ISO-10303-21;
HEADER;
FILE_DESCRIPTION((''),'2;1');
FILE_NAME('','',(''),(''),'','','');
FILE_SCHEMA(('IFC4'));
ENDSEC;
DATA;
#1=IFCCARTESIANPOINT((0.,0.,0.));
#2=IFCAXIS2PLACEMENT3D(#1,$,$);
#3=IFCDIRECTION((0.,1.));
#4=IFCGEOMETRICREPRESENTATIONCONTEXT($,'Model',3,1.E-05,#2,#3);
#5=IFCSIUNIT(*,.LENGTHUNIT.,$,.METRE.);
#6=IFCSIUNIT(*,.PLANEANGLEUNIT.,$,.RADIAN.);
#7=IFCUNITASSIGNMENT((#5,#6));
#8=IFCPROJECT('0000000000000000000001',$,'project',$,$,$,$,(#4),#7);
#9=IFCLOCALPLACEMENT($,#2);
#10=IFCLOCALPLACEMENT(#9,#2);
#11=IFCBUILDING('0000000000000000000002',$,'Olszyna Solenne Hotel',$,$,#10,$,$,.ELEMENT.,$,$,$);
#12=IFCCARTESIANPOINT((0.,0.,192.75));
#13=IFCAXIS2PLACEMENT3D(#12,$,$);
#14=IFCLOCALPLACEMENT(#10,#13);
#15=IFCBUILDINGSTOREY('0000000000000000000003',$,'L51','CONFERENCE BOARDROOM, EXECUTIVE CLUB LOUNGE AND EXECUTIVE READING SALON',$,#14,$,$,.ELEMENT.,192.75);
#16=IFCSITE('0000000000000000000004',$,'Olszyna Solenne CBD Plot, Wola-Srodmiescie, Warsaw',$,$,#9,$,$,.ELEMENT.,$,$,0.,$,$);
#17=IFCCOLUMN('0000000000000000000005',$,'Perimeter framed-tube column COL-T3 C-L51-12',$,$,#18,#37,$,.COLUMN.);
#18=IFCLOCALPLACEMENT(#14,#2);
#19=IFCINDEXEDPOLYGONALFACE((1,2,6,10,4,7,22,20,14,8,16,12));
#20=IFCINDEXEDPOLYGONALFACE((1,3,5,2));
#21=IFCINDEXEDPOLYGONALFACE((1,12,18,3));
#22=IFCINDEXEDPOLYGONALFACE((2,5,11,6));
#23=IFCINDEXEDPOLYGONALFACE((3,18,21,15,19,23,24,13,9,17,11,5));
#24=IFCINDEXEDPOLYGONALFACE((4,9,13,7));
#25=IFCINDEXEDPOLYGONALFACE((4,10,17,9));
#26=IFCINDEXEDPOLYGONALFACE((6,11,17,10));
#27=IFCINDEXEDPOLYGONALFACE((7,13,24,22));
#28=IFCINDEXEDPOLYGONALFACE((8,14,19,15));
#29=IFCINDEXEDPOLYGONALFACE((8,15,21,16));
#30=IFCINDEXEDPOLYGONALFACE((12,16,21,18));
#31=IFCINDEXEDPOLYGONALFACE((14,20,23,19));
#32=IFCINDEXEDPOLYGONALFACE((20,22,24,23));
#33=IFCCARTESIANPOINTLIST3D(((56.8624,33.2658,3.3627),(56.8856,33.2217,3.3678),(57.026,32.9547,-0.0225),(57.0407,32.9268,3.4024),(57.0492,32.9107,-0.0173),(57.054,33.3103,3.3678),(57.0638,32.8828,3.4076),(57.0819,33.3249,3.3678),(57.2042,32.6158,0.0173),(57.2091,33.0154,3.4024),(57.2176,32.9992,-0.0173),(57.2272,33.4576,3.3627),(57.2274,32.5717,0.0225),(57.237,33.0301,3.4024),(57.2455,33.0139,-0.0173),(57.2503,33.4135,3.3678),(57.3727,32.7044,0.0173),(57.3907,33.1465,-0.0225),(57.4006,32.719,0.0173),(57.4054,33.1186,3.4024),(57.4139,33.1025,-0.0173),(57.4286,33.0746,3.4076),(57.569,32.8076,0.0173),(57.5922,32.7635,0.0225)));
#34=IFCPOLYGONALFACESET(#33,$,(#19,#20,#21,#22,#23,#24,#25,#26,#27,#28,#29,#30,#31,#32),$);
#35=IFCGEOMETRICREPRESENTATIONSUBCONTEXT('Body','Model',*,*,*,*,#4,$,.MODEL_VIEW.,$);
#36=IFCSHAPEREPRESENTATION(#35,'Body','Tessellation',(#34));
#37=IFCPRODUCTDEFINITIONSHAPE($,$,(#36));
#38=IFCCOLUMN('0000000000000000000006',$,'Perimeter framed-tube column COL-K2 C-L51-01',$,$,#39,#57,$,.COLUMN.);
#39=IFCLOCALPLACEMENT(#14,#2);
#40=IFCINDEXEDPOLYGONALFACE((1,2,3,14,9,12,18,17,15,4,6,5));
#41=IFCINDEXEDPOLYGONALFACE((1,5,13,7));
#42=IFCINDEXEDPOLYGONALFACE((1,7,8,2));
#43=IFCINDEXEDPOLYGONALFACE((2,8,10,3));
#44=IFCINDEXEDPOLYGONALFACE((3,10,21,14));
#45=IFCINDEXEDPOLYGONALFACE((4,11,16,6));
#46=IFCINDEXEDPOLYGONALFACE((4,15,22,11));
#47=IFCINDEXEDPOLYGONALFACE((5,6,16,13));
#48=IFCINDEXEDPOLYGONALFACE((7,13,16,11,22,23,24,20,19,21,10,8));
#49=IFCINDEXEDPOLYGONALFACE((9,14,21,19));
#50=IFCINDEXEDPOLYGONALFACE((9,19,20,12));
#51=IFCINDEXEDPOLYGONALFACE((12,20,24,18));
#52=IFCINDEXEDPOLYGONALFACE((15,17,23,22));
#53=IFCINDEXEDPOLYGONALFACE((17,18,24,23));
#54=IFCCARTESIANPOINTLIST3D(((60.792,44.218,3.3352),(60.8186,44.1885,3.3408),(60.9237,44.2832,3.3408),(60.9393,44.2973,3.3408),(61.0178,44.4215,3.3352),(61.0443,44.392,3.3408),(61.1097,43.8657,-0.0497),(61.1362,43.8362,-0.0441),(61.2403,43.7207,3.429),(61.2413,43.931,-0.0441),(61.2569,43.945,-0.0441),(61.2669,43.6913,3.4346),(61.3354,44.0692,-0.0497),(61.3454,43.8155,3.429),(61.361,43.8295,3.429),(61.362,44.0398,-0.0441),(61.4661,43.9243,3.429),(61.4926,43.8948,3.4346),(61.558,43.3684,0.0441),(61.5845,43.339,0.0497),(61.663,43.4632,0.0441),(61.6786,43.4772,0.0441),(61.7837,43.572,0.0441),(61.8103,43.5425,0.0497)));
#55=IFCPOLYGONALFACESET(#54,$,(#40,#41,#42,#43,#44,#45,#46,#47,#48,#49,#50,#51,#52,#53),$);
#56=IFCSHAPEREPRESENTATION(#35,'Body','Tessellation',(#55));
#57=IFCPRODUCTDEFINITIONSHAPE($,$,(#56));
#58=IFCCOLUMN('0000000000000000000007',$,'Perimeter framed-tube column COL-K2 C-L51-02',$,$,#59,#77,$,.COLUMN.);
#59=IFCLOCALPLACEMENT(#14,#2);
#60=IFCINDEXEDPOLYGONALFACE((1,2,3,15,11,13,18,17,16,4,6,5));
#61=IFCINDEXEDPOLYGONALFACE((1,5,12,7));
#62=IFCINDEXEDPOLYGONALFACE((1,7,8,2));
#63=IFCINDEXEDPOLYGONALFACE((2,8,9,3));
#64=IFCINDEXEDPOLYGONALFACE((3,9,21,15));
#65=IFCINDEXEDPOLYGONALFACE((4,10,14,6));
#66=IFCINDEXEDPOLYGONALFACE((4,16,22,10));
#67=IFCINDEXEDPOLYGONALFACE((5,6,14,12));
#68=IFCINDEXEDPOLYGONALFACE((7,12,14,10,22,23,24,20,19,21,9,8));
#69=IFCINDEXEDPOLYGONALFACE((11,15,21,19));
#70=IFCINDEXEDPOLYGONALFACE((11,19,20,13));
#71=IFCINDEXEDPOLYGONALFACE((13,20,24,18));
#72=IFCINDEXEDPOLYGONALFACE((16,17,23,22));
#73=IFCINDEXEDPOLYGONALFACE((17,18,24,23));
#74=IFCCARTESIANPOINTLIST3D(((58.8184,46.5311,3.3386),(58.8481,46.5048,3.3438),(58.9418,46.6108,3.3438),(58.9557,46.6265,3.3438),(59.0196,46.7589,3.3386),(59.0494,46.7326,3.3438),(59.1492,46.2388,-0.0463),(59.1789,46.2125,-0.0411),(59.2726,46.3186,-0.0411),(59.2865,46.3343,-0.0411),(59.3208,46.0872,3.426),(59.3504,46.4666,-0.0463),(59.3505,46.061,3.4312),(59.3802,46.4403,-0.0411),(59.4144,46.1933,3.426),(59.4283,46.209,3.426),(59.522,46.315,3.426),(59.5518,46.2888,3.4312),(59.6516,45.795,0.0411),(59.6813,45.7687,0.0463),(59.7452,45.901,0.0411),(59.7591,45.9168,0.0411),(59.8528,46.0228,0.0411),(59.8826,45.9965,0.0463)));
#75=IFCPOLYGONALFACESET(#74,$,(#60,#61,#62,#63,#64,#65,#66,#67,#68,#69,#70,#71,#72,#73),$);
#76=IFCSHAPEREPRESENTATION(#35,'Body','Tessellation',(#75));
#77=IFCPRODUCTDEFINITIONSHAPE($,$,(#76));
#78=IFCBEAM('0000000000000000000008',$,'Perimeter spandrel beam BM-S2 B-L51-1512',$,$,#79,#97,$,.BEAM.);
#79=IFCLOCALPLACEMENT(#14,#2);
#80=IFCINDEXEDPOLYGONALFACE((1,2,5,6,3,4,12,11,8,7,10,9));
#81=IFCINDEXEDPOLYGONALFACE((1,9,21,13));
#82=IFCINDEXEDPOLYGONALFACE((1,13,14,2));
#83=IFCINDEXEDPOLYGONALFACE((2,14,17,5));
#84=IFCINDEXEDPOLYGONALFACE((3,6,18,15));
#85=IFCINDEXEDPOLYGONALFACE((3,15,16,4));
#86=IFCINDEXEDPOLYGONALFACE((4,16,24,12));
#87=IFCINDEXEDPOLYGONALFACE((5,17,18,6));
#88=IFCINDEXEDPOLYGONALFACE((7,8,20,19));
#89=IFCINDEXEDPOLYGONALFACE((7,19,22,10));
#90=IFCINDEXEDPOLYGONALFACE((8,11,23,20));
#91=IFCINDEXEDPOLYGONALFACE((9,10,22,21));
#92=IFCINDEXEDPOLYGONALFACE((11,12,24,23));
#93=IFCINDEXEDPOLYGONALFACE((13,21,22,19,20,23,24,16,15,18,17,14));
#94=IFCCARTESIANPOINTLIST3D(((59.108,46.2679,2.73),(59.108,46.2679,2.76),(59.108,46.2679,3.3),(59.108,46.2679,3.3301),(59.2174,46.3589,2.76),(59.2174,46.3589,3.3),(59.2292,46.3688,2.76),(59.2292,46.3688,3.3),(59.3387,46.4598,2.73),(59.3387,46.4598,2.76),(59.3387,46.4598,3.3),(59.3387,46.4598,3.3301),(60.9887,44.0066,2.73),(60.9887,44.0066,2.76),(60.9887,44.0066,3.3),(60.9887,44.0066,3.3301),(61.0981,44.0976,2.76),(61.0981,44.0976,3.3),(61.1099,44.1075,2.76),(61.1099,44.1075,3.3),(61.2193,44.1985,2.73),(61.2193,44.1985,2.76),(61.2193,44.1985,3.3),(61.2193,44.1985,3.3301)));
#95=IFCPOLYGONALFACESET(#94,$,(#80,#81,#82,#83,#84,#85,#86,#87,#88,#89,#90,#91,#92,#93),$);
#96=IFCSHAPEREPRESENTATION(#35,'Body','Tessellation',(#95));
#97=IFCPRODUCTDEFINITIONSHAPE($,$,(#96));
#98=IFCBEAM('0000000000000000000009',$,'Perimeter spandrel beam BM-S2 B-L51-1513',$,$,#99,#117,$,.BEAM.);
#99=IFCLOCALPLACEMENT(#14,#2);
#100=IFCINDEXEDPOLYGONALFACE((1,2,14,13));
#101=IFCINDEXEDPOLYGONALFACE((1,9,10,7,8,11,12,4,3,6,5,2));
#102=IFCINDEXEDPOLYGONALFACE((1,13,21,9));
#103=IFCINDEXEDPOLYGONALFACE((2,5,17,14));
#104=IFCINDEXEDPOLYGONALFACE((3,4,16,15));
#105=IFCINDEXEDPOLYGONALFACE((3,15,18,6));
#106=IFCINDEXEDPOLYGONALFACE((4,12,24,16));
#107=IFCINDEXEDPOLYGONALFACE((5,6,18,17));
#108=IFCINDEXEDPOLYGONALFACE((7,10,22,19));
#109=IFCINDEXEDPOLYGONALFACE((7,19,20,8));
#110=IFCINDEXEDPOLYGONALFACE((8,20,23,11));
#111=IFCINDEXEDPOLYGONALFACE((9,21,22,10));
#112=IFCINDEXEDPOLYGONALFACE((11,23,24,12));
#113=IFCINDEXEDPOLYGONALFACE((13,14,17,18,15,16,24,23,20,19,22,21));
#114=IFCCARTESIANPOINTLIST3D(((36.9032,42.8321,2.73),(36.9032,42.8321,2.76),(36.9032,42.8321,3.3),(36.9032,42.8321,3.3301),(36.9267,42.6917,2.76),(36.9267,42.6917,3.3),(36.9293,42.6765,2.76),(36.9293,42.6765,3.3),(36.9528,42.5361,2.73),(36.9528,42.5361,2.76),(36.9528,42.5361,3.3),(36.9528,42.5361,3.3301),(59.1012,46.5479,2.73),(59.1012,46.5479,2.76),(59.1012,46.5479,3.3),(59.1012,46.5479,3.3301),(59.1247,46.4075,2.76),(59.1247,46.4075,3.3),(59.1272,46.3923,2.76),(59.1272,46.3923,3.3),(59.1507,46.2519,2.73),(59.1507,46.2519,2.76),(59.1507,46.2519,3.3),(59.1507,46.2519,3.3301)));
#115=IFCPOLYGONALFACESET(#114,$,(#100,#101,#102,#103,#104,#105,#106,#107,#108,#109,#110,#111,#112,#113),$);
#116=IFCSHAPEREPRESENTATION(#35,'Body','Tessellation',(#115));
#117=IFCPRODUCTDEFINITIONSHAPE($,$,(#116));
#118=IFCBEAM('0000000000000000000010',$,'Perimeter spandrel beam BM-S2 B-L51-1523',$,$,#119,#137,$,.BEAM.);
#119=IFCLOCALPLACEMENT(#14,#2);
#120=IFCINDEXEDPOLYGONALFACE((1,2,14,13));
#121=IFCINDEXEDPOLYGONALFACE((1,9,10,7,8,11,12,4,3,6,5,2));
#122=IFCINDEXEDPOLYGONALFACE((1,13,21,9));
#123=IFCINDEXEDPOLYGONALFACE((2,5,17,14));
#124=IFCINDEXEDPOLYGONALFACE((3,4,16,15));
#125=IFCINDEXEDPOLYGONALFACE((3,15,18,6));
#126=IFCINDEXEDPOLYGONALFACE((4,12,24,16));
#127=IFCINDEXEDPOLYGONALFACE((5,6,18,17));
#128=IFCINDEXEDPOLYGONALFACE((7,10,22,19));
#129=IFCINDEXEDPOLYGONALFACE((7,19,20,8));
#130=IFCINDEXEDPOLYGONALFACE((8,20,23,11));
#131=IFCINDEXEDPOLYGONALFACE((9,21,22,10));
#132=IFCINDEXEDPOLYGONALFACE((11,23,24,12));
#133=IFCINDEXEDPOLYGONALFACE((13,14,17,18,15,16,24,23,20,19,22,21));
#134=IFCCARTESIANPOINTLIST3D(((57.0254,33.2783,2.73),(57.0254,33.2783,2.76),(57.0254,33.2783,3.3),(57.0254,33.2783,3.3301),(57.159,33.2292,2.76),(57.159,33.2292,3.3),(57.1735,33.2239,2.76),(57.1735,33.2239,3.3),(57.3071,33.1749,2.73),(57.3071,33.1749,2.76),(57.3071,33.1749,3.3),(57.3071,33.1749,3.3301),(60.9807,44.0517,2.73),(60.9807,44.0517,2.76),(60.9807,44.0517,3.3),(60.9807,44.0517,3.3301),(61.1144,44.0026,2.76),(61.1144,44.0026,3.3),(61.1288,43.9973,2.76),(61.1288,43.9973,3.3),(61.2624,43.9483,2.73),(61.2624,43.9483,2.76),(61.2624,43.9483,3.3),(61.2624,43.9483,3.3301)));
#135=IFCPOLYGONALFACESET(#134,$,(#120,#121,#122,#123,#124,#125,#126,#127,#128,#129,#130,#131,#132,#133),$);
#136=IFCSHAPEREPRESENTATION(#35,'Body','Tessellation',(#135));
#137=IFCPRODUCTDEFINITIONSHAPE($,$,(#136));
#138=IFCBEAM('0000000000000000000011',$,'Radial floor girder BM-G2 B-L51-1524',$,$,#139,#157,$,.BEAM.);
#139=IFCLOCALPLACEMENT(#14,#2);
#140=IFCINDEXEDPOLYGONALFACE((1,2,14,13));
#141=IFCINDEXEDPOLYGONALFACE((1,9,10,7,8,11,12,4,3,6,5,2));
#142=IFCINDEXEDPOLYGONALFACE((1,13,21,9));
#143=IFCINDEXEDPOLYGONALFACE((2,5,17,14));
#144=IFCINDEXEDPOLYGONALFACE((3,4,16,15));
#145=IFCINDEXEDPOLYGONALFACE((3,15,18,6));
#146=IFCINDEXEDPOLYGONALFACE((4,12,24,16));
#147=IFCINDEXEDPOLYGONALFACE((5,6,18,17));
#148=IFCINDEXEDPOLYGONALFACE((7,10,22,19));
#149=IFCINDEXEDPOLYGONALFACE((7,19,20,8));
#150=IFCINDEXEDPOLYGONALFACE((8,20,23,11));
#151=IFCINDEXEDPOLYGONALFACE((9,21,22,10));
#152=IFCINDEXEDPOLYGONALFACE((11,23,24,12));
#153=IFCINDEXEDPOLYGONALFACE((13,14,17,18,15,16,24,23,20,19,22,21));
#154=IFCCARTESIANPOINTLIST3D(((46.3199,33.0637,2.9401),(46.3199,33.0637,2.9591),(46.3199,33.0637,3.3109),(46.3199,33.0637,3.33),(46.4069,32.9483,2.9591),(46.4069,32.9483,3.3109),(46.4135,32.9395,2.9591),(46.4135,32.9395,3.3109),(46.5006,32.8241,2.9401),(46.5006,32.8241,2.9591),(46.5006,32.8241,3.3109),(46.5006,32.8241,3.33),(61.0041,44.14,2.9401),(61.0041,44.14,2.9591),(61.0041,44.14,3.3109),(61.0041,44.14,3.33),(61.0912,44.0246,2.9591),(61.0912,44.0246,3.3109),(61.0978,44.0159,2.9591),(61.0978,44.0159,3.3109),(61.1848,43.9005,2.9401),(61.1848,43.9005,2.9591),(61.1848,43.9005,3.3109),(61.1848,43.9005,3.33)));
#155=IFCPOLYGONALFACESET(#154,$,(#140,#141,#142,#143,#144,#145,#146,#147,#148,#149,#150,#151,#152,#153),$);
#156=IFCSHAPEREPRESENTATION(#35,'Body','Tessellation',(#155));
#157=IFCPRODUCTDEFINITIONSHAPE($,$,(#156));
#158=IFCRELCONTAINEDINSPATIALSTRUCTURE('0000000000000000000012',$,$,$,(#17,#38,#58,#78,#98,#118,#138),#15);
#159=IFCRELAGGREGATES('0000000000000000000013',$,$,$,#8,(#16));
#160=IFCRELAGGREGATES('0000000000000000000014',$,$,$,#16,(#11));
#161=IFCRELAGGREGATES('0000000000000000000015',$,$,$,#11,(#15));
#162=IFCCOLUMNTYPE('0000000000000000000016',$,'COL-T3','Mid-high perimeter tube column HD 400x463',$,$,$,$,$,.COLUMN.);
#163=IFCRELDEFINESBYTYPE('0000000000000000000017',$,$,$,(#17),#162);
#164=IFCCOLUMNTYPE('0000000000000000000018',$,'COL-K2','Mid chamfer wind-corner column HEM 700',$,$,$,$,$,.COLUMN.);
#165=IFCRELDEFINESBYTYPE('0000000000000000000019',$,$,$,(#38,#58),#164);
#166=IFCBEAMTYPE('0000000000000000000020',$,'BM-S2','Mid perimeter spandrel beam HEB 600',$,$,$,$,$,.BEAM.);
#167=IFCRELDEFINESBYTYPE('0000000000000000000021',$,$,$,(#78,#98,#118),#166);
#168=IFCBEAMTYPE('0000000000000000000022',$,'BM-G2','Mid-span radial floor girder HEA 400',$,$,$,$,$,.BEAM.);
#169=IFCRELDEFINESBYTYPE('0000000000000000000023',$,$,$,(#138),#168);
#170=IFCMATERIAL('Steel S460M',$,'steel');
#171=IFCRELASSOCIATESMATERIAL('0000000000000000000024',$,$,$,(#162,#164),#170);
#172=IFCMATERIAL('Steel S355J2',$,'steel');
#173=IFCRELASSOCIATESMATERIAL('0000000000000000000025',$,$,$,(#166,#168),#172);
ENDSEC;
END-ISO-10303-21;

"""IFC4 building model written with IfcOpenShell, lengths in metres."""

from ifc_helpers import new_model, si_unit, direction, frame, origin, origin_2d, place, context, subcontext, project, spatial, i_section, extrude, source, transform, mapped, material, material_profile, profile_set, type_object, element, save


model = new_model("IFC4")

# Units and contexts
model_context = context("Model", 3, precision=1e-05, world=origin(), true_north=direction((0.0, 1.0)))
body_context = subcontext(model_context, "Body", "Model", "MODEL_VIEW")
ifc_project = project(units=[si_unit("LENGTHUNIT", "METRE"), si_unit("PLANEANGLEUNIT", "RADIAN")], contexts=[model_context])

# Site, building, storey
site_placement = place(None, origin())
site = spatial("IfcSite", under=ifc_project, at=site_placement, Name="Olszyna Solenne CBD Plot, Wola-Srodmiescie, Warsaw", CompositionType="ELEMENT", RefElevation=0.0)
building_placement = place(site_placement, origin())
building = spatial("IfcBuilding", under=site, at=building_placement, Name="Olszyna Solenne Hotel", CompositionType="ELEMENT")
storey_placement = place(building_placement, frame((0.0, 0.0, 192.75)))
storey = spatial("IfcBuildingStorey", under=building, at=storey_placement, Name="L51", Description="CONFERENCE BOARDROOM, EXECUTIVE CLUB LOUNGE AND EXECUTIVE READING SALON", CompositionType="ELEMENT", Elevation=192.75)

# Columns
ifc_material_1 = material(Name="Steel S460M", Category="steel")
ifc_material_profile_1 = material_profile(ifc_material_1, i_section(OverallWidth=0.4121, OverallDepth=0.4351, WebThickness=0.0315, FlangeThickness=0.05, at=origin_2d()), Name="HD 400x463", Category="load-bearing")
ifc_profile_set_1 = profile_set([ifc_material_profile_1], Name="Steel S460M")
column_type_1 = type_object("IfcColumnType", Name="COL-T3", Description="Mid-high perimeter tube column HD 400x463", PredefinedType="COLUMN", material=ifc_profile_set_1)
shared_shape_1 = source(origin(), body_context, "Body", "SweptSolid", [
    extrude(i_section(OverallWidth=0.4121, OverallDepth=0.4351, WebThickness=0.0315, FlangeThickness=0.05, at=origin_2d()), origin(), (0.0, 0.0, 1.0), 3.4033),
])
column_1_placement = place(storey_placement, frame((57.3091, 32.8591, 0.0), z_axis=(-0.048065, 0.091395, 0.994654), x_axis=(-0.885069, -0.46546, 0.0)))
element("IfcColumn", 1, at=column_1_placement, inside=storey, type_object=column_type_1, Name="Perimeter framed-tube column COL-T3 C-L51-12", PredefinedType="COLUMN", context=body_context, shape_type="MappedRepresentation", body=[
    mapped(shared_shape_1, transform((0.0, 0.0, 0.0), x_axis=(1.0, 0.0, 0.0), y_axis=(0.0, 1.0, 0.0), z_axis=(0.0, 0.0, 1.0), scale=1.0)),
])
ifc_material_profile_2 = material_profile(ifc_material_1, i_section(OverallWidth=0.304, OverallDepth=0.7161, WebThickness=0.021, FlangeThickness=0.04, at=origin_2d()), Name="HEM 700", Category="load-bearing")
ifc_profile_set_2 = profile_set([ifc_material_profile_2], Name="Steel S460M")
column_type_2 = type_object("IfcColumnType", Name="COL-K2", Description="Mid chamfer wind-corner column HEM 700", PredefinedType="COLUMN", material=ifc_profile_set_2)
shared_shape_2 = source(origin(), body_context, "Body", "SweptSolid", [
    extrude(i_section(OverallWidth=0.304, OverallDepth=0.7161, WebThickness=0.021, FlangeThickness=0.04, at=origin_2d()), origin(), (0.0, 0.0, 1.0), 3.418),
])
column_2_placement = place(storey_placement, frame((61.46, 43.7041, 0.0), z_axis=(-0.092925, 0.103068, 0.990324), x_axis=(-0.742705, -0.669619, 0.0)))
element("IfcColumn", 2, at=column_2_placement, inside=storey, type_object=column_type_2, Name="Perimeter framed-tube column COL-K2 C-L51-01", PredefinedType="COLUMN", context=body_context, shape_type="MappedRepresentation", body=[
    mapped(shared_shape_2, transform((0.0, 0.0, 0.0), x_axis=(1.0, 0.0, 0.0), y_axis=(0.0, 1.0, 0.0), z_axis=(0.0, 0.0, 1.0), scale=1.0)),
])
shared_shape_3 = source(origin(), body_context, "Body", "SweptSolid", [
    extrude(i_section(OverallWidth=0.304, OverallDepth=0.7161, WebThickness=0.021, FlangeThickness=0.04, at=origin_2d()), origin(), (0.0, 0.0, 1.0), 3.4136),
])
column_3_placement = place(storey_placement, frame((59.5159, 46.1177, 0.0), z_axis=(-0.096908, 0.085608, 0.991605), x_axis=(-0.662061, -0.74945, 0.0)))
element("IfcColumn", 3, at=column_3_placement, inside=storey, type_object=column_type_2, Name="Perimeter framed-tube column COL-K2 C-L51-02", PredefinedType="COLUMN", context=body_context, shape_type="MappedRepresentation", body=[
    mapped(shared_shape_3, transform((0.0, 0.0, 0.0), x_axis=(1.0, 0.0, 0.0), y_axis=(0.0, 1.0, 0.0), z_axis=(0.0, 0.0, 1.0), scale=1.0)),
])

# Beams
ifc_material_2 = material(Name="Steel S355J2", Category="steel")
ifc_material_profile_3 = material_profile(ifc_material_2, i_section(OverallWidth=0.3, OverallDepth=0.6001, WebThickness=0.0154, FlangeThickness=0.03, at=origin_2d()), Name="HEB 600", Category="load-bearing")
ifc_profile_set_3 = profile_set([ifc_material_profile_3], Name="Steel S355J2")
beam_type_1 = type_object("IfcBeamType", Name="BM-S2", Description="Mid perimeter spandrel beam HEB 600", PredefinedType="BEAM", material=ifc_profile_set_3)
shared_shape_4 = source(origin(), body_context, "Body", "SweptSolid", [
    extrude(i_section(OverallWidth=0.3, OverallDepth=0.6001, WebThickness=0.0154, FlangeThickness=0.03, at=origin_2d()), origin(), (0.0, 0.0, 1.0), 2.9412),
])
beam_1_placement = place(storey_placement, frame((61.104, 44.1025, 3.03), z_axis=(-0.639433, 0.768847, 0.0), x_axis=(-0.768847, -0.639433, 0.0)))
element("IfcBeam", 4, at=beam_1_placement, inside=storey, type_object=beam_type_1, Name="Perimeter spandrel beam BM-S2 B-L51-1512", PredefinedType="BEAM", context=body_context, shape_type="MappedRepresentation", body=[
    mapped(shared_shape_4, transform((0.0, 0.0, 0.0), x_axis=(1.0, 0.0, 0.0), y_axis=(0.0, 1.0, 0.0), z_axis=(0.0, 0.0, 1.0), scale=1.0)),
])
shared_shape_5 = source(origin(), body_context, "Body", "SweptSolid", [
    extrude(i_section(OverallWidth=0.3, OverallDepth=0.6001, WebThickness=0.0154, FlangeThickness=0.03, at=origin_2d()), origin(), (0.0, 0.0, 1.0), 22.5068),
])
beam_2_placement = place(storey_placement, frame((59.126, 46.3999, 3.03), z_axis=(-0.986277, -0.165097, 0.0), x_axis=(0.165097, -0.986277, 0.0)))
element("IfcBeam", 5, at=beam_2_placement, inside=storey, type_object=beam_type_1, Name="Perimeter spandrel beam BM-S2 B-L51-1513", PredefinedType="BEAM", context=body_context, shape_type="MappedRepresentation", body=[
    mapped(shared_shape_5, transform((0.0, 0.0, 0.0), x_axis=(1.0, 0.0, 0.0), y_axis=(0.0, 1.0, 0.0), z_axis=(0.0, 0.0, 1.0), scale=1.0)),
])
shared_shape_6 = source(origin(), body_context, "Body", "SweptSolid", [
    extrude(i_section(OverallWidth=0.3, OverallDepth=0.6001, WebThickness=0.0154, FlangeThickness=0.03, at=origin_2d()), origin(), (0.0, 0.0, 1.0), 11.4766),
])
beam_3_placement = place(storey_placement, frame((57.1663, 33.2266, 3.03), z_axis=(0.344643, 0.938734, 0.0), x_axis=(-0.938734, 0.344643, 0.0)))
element("IfcBeam", 6, at=beam_3_placement, inside=storey, type_object=beam_type_1, Name="Perimeter spandrel beam BM-S2 B-L51-1523", PredefinedType="BEAM", context=body_context, shape_type="MappedRepresentation", body=[
    mapped(shared_shape_6, transform((0.0, 0.0, 0.0), x_axis=(1.0, 0.0, 0.0), y_axis=(0.0, 1.0, 0.0), z_axis=(0.0, 0.0, 1.0), scale=1.0)),
])
ifc_material_profile_4 = material_profile(ifc_material_2, i_section(OverallWidth=0.3, OverallDepth=0.3899, WebThickness=0.011, FlangeThickness=0.019, at=origin_2d()), Name="HEA 400", Category="load-bearing")
ifc_profile_set_4 = profile_set([ifc_material_profile_4], Name="Steel S355J2")
beam_type_2 = type_object("IfcBeamType", Name="BM-G2", Description="Mid-span radial floor girder HEA 400", PredefinedType="BEAM", material=ifc_profile_set_4)
shared_shape_7 = source(origin(), body_context, "Body", "SweptSolid", [
    extrude(i_section(OverallWidth=0.3, OverallDepth=0.3899, WebThickness=0.011, FlangeThickness=0.019, at=origin_2d()), origin(), (0.0, 0.0, 1.0), 18.3933),
])
beam_4_placement = place(storey_placement, frame((61.0945, 44.0203, 3.135), z_axis=(-0.798348, -0.602196, 0.0), x_axis=(0.602196, -0.798348, 0.0)))
element("IfcBeam", 7, at=beam_4_placement, inside=storey, type_object=beam_type_2, Name="Radial floor girder BM-G2 B-L51-1524", PredefinedType="BEAM", context=body_context, shape_type="MappedRepresentation", body=[
    mapped(shared_shape_7, transform((0.0, 0.0, 0.0), x_axis=(1.0, 0.0, 0.0), y_axis=(0.0, 1.0, 0.0), z_axis=(0.0, 0.0, 1.0), scale=1.0)),
])

save(model, "model.ifc")
